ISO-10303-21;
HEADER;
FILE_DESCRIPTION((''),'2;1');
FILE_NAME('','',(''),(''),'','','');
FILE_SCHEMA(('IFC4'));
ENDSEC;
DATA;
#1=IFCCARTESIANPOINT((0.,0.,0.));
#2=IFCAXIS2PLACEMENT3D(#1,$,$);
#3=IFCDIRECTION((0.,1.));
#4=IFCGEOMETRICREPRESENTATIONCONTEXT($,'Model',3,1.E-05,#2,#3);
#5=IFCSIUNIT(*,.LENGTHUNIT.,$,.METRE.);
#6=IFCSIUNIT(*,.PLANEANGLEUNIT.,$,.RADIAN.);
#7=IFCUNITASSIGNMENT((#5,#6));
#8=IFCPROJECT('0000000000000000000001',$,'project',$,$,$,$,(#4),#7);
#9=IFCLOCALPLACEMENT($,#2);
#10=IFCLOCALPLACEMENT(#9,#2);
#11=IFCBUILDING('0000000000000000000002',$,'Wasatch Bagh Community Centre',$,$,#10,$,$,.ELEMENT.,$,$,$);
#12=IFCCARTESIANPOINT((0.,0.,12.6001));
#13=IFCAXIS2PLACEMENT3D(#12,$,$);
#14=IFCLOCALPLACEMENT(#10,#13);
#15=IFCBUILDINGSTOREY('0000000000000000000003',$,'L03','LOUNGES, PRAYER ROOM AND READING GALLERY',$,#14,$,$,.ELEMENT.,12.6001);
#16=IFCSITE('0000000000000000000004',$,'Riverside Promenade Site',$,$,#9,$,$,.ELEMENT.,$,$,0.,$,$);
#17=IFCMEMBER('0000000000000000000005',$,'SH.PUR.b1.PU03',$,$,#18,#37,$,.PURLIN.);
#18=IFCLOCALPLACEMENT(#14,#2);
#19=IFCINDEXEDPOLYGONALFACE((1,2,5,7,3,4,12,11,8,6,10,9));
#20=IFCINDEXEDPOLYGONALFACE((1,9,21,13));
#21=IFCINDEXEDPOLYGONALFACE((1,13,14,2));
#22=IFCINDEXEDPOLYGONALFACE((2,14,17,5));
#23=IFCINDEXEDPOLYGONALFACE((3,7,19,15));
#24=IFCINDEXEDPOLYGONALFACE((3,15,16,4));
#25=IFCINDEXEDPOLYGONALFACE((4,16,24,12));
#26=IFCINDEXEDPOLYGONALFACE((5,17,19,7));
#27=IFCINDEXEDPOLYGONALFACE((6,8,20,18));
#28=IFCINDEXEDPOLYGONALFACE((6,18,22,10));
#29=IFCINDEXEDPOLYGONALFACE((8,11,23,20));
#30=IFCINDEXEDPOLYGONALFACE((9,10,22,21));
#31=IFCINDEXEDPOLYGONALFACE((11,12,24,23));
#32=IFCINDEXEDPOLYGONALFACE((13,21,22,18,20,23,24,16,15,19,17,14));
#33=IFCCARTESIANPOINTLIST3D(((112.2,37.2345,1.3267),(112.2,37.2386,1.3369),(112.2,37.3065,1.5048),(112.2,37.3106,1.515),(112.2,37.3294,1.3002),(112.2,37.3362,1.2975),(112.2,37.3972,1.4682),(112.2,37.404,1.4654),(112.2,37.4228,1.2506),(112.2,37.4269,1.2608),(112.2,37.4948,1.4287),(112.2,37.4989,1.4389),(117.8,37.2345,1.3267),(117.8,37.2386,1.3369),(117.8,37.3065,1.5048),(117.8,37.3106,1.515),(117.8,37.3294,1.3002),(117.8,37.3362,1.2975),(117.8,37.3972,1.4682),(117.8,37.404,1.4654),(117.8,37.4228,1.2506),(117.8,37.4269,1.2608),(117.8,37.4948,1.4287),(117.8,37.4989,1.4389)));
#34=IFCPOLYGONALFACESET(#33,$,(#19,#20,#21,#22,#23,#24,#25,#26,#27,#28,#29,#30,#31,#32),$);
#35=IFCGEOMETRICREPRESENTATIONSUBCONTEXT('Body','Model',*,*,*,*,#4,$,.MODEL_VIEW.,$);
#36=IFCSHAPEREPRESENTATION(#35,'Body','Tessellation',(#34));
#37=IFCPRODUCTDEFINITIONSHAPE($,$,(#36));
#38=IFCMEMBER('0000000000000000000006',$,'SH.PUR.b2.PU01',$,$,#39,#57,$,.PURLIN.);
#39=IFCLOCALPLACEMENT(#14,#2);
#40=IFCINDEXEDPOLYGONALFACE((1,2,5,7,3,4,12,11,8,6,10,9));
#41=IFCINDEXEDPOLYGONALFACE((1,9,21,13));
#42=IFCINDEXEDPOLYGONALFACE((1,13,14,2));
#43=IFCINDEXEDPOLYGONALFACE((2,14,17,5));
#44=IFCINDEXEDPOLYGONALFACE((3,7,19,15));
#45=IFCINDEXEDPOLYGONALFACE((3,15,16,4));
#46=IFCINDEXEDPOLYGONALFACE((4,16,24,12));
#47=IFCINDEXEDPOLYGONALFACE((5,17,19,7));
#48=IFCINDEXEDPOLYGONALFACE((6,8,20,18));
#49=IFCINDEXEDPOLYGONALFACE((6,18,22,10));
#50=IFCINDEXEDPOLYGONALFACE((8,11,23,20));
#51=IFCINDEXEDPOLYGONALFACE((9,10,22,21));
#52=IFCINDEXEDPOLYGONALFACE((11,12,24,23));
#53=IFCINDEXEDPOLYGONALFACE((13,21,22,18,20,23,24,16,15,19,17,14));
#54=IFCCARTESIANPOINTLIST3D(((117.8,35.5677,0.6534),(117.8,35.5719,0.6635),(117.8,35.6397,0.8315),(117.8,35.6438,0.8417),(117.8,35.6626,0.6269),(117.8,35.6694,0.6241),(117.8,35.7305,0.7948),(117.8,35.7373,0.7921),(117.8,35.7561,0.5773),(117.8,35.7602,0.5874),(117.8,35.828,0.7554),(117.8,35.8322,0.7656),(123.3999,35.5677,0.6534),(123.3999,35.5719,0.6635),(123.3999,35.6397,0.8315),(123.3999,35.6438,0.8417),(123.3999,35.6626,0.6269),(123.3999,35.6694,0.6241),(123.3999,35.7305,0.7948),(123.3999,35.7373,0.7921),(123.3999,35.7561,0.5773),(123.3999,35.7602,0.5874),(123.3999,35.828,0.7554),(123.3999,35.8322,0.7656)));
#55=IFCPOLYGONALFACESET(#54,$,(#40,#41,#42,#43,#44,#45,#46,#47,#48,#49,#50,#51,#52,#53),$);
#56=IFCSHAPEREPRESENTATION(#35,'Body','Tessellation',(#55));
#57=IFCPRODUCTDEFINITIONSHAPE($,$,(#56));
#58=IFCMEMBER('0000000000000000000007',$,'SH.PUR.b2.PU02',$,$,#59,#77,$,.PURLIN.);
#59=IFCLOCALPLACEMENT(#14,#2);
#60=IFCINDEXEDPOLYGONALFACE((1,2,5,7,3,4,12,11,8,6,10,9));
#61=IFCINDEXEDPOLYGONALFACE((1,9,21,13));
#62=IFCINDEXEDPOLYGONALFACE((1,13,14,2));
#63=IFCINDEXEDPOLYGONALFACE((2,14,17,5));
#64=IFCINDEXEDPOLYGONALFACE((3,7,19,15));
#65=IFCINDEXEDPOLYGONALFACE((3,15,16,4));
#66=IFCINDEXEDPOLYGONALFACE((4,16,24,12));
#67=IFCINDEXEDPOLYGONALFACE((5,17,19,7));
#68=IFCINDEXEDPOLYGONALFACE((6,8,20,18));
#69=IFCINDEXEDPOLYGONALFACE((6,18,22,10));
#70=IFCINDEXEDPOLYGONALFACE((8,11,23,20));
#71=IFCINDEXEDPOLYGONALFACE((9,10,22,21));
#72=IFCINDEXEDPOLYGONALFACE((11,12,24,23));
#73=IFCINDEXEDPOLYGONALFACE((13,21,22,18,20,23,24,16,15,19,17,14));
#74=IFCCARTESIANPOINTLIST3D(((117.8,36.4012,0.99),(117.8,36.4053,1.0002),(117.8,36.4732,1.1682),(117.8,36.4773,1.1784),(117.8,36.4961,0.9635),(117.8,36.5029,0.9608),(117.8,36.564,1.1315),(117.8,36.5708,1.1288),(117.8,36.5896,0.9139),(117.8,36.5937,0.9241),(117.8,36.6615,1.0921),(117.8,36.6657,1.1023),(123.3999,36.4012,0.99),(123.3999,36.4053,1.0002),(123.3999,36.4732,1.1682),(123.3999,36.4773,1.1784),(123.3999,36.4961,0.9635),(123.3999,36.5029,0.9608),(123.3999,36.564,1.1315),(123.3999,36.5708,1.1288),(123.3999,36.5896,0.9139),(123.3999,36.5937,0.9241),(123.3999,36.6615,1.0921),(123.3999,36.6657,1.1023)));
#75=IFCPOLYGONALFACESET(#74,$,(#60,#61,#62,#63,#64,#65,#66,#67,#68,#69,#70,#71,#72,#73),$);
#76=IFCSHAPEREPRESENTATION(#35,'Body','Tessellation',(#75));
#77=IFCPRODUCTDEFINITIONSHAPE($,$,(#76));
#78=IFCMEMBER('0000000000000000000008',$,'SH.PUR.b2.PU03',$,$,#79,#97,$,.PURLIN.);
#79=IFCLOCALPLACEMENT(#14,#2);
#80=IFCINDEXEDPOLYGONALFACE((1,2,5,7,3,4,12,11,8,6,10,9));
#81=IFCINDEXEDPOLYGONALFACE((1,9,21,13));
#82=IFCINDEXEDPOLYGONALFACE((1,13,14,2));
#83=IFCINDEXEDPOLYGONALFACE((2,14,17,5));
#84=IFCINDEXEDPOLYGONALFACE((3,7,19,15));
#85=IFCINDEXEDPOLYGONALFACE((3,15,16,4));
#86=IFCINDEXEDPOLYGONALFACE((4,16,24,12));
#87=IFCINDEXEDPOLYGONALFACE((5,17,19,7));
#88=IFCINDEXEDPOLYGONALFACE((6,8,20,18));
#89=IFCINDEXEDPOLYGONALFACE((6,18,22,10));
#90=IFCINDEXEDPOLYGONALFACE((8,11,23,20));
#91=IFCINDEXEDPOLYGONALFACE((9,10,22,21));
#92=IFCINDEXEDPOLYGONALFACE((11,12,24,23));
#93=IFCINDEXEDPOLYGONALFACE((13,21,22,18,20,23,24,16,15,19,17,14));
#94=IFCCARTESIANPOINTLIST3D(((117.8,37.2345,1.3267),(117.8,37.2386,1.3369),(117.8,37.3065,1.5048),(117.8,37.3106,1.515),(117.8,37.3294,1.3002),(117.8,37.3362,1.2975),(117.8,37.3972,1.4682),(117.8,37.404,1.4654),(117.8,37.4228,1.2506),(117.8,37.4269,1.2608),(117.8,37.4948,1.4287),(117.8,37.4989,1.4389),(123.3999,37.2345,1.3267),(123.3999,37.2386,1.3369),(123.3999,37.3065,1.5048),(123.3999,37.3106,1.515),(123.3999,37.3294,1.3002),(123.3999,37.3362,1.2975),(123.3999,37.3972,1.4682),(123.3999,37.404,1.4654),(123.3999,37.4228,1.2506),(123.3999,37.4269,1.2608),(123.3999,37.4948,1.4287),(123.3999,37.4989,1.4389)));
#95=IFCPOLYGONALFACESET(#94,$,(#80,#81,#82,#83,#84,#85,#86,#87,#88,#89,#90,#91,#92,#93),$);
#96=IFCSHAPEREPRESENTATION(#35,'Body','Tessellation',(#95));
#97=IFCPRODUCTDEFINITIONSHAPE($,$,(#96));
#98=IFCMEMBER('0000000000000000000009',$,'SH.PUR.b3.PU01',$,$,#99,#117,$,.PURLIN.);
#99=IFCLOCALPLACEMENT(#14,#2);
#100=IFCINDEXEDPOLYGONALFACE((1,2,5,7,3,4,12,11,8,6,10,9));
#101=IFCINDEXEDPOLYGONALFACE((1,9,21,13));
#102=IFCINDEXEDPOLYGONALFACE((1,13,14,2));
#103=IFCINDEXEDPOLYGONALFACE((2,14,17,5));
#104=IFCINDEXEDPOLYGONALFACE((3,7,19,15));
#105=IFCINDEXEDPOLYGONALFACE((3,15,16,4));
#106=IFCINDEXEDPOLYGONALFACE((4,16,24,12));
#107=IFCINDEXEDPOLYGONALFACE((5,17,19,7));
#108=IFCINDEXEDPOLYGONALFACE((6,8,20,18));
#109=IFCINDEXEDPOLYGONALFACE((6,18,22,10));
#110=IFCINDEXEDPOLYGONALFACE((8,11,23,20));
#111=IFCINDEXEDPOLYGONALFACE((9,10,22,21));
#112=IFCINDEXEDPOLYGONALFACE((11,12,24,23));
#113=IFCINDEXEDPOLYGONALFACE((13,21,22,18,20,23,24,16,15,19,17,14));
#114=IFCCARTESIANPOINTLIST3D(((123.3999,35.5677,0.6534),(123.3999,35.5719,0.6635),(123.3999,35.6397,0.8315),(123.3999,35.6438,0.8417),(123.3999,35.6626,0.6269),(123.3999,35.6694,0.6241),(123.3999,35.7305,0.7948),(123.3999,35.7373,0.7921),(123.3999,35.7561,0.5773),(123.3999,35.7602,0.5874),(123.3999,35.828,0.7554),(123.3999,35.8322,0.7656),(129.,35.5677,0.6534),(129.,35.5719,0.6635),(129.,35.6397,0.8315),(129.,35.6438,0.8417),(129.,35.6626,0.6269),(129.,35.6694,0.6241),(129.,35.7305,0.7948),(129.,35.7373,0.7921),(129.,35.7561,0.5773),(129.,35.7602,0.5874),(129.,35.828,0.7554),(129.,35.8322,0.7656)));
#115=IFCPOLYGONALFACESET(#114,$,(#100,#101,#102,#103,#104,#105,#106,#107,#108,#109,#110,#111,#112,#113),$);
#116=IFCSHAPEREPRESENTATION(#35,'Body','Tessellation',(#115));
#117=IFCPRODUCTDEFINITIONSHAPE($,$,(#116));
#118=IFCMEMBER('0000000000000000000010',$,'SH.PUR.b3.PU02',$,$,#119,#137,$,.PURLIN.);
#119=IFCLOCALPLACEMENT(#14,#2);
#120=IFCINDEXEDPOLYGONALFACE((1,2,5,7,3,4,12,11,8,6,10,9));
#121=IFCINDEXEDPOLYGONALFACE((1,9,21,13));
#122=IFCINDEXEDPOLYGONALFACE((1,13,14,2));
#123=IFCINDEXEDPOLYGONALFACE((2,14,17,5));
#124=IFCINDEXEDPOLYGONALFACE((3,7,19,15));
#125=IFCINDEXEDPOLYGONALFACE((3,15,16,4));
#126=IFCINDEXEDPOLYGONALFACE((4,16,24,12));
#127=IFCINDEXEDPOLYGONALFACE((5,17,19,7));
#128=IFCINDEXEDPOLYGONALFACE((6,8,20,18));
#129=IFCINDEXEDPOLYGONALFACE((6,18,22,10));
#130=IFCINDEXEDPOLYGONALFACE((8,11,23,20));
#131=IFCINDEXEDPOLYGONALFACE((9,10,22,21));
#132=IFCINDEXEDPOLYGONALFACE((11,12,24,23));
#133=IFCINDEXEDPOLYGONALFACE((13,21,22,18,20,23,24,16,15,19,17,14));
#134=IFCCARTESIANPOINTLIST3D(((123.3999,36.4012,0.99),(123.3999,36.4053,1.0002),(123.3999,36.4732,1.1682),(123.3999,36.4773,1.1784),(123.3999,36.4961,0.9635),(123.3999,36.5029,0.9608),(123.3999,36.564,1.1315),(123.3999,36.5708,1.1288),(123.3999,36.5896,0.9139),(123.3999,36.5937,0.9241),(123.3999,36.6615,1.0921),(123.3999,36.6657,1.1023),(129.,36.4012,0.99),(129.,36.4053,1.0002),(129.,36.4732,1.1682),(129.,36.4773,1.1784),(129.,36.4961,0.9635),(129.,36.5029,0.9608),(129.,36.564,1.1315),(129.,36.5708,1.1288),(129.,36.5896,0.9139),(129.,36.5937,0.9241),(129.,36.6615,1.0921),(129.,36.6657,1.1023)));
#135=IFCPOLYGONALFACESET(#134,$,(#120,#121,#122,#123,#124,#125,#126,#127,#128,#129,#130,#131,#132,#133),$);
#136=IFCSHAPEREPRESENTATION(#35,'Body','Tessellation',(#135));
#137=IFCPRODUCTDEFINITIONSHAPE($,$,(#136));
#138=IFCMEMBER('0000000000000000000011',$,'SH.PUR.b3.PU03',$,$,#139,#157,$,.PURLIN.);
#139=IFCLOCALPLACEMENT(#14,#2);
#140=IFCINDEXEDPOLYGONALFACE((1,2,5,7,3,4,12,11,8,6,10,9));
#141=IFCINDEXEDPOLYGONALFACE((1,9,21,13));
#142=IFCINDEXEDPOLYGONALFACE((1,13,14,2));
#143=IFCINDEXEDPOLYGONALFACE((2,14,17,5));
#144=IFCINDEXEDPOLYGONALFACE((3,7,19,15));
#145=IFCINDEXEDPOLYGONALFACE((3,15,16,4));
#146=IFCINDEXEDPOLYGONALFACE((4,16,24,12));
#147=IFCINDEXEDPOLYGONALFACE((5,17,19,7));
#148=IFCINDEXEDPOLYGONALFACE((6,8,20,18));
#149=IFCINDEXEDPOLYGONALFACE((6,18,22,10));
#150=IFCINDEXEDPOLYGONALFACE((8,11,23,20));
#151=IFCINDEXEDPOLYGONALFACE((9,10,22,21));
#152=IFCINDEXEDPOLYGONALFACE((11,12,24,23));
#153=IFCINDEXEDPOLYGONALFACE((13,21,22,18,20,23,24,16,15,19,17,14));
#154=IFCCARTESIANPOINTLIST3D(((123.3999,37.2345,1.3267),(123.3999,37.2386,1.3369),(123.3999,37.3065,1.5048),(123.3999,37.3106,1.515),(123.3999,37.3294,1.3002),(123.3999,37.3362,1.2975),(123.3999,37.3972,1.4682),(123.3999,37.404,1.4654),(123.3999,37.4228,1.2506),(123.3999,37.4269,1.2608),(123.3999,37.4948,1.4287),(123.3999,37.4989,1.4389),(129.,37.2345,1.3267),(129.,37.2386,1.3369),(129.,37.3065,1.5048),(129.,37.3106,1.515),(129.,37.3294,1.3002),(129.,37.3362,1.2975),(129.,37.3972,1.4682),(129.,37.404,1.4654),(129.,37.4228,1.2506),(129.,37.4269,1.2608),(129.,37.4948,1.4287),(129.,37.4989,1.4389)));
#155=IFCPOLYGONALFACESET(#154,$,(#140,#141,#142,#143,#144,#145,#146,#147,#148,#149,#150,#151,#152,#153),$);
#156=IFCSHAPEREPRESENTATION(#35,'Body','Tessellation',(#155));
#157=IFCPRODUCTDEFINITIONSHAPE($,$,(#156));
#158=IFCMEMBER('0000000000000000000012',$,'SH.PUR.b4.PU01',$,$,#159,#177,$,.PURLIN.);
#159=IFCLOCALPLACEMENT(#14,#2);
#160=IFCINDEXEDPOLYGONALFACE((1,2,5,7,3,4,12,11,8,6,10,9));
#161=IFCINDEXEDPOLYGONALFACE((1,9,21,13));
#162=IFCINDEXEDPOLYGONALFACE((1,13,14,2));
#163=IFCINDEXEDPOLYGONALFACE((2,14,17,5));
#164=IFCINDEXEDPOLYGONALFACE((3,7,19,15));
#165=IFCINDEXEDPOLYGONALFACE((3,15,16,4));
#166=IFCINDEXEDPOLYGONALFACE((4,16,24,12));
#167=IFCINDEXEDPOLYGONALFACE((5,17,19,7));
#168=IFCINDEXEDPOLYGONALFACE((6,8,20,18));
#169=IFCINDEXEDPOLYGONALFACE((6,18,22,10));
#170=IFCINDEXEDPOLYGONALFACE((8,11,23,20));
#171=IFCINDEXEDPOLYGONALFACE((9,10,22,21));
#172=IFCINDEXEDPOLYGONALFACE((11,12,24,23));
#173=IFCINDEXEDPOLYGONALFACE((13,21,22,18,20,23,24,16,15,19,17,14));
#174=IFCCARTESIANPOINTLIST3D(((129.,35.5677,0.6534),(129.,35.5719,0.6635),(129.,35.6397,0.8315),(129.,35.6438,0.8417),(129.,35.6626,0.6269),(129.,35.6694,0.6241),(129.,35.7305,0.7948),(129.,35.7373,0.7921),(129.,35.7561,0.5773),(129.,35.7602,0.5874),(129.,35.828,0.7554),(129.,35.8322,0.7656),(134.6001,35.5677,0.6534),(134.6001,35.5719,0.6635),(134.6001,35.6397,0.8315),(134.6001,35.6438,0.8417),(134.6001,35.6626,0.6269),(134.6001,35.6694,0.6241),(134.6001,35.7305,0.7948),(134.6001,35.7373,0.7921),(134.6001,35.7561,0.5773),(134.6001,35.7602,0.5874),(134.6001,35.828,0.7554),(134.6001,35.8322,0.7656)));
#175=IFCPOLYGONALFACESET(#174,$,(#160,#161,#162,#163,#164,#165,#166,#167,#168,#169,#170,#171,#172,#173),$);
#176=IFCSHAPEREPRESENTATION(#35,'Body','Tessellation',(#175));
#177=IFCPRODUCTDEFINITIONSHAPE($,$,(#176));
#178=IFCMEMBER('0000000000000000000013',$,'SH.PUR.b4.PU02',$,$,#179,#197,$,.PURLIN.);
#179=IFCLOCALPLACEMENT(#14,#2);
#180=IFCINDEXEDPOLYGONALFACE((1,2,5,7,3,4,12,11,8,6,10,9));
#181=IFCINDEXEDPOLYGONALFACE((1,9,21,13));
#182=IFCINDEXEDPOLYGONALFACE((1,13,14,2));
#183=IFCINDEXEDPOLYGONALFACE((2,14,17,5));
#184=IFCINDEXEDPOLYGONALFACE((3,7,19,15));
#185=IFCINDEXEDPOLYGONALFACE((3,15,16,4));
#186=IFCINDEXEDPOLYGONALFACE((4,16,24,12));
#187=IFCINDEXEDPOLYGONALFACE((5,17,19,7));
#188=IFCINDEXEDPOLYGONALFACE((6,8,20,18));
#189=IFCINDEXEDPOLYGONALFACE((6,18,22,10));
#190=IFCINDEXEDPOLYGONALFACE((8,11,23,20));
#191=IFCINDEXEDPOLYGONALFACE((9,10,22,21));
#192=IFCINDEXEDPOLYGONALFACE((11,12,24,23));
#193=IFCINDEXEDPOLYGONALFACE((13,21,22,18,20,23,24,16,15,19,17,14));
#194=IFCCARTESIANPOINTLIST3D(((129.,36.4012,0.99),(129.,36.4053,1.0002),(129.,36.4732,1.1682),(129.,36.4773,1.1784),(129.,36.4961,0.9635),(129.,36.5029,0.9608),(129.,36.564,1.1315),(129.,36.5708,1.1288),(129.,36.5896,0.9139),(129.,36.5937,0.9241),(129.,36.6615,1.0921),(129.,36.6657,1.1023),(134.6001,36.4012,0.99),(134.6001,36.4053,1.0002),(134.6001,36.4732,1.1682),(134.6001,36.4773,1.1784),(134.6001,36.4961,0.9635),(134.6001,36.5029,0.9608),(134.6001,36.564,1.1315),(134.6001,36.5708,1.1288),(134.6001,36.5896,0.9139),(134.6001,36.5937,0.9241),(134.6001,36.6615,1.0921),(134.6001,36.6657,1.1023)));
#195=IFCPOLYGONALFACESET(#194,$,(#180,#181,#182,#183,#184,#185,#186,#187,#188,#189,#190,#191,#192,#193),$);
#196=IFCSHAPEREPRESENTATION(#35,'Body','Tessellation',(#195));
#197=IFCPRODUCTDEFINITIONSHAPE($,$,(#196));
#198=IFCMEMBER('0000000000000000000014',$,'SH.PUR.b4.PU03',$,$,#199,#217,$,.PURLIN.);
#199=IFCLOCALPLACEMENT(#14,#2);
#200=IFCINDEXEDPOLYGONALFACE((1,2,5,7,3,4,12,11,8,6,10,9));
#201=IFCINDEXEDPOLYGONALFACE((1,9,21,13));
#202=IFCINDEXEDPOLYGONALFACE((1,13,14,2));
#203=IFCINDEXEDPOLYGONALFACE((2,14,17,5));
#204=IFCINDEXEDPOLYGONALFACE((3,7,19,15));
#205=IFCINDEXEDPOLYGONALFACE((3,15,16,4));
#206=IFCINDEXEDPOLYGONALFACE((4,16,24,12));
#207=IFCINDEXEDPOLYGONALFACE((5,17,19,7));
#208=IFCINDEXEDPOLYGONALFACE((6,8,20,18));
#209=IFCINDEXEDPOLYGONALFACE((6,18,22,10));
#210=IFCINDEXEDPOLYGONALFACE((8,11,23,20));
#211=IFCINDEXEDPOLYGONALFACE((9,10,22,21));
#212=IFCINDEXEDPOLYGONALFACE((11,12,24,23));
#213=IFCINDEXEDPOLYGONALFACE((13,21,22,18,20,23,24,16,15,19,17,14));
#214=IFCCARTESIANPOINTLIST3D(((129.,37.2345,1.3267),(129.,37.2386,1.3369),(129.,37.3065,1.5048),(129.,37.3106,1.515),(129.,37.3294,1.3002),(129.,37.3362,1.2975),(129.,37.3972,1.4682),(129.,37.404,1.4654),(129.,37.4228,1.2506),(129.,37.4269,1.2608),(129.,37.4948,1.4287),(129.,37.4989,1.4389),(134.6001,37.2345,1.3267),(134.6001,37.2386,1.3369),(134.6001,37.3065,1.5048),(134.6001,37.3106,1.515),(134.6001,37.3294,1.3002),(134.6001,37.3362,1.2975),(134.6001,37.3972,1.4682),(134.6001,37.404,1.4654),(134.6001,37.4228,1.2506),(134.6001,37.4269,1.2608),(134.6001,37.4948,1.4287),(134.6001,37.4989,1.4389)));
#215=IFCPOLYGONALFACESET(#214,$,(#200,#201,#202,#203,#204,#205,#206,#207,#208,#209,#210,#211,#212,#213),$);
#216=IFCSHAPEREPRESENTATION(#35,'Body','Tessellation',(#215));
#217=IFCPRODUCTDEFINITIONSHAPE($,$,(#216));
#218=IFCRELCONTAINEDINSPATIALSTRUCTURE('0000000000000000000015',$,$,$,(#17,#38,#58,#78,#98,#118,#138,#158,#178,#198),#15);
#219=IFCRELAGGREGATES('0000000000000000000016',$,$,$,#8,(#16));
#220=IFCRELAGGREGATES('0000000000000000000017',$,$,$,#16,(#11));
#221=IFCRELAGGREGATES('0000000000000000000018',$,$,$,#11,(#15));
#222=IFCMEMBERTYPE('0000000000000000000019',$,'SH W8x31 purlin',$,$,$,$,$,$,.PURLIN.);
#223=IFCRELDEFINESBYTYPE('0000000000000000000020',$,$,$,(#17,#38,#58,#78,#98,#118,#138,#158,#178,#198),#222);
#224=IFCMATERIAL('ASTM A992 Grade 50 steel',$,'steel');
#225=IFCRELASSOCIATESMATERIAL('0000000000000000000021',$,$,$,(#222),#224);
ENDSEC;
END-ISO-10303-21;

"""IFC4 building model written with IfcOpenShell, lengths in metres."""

from ifc_helpers import new_model, si_unit, direction, frame, origin, origin_2d, place, context, subcontext, project, spatial, i_section, extrude, material, material_profile, profile_set, type_object, element, save


model = new_model("IFC4")

# Units and contexts
model_context = context("Model", 3, precision=1e-05, world=origin(), true_north=direction((0.0, 1.0)))
body_context = subcontext(model_context, "Body", "Model", "MODEL_VIEW")
ifc_project = project(units=[si_unit("LENGTHUNIT", "METRE"), si_unit("PLANEANGLEUNIT", "RADIAN")], contexts=[model_context])

# Site, building, storey
site_placement = place(None, origin())
site = spatial("IfcSite", under=ifc_project, at=site_placement, Name="Riverside Promenade Site", CompositionType="ELEMENT", RefElevation=0.0)
building_placement = place(site_placement, origin())
building = spatial("IfcBuilding", under=site, at=building_placement, Name="Wasatch Bagh Community Centre", CompositionType="ELEMENT")
storey_placement = place(building_placement, frame((0.0, 0.0, 12.6001)))
storey = spatial("IfcBuildingStorey", under=building, at=storey_placement, Name="L03", Description="LOUNGES, PRAYER ROOM AND READING GALLERY", CompositionType="ELEMENT", Elevation=12.6001)

# Shared definitions
ifc_material_1 = material(Name="ASTM A992 Grade 50 steel", Category="steel")

# Members
ifc_material_profile_1 = material_profile(ifc_material_1, i_section(OverallWidth=0.2031, OverallDepth=0.2031, WebThickness=0.0073, FlangeThickness=0.011, at=origin_2d()), Name="W8x31")
ifc_profile_set_1 = profile_set([ifc_material_profile_1], Name="ASTM A992 Grade 50 steel")
member_type_1 = type_object("IfcMemberType", Name="SH W8x31 purlin", PredefinedType="PURLIN", material=ifc_profile_set_1)
for number, where, z_axis, x_axis, name in (
    (1, (112.2, 37.3667, 1.3828), (1.0, 0.0, 0.0), (0.0, 0.927184, -0.374607), "SH.PUR.b1.PU03"),
):
    element("IfcMember", number, at=place(storey_placement, frame(where, z_axis=z_axis, x_axis=x_axis)), inside=storey, type_object=member_type_1, Name=name, PredefinedType="PURLIN", context=body_context, shape_type="SweptSolid", body=[
        extrude(i_section(OverallWidth=0.2031, OverallDepth=0.2031, WebThickness=0.0073, FlangeThickness=0.011, at=origin_2d()), origin(), (0.0, 0.0, 1.0), 5.6001),
    ])
for number, where, z_axis, x_axis, name in (
    (2, (117.8, 35.7, 0.7095), (1.0, 0.0, 0.0), (0.0, 0.927184, -0.374607), "SH.PUR.b2.PU01"),
    (3, (117.8, 36.5334, 1.0461), (1.0, 0.0, 0.0), (0.0, 0.927184, -0.374607), "SH.PUR.b2.PU02"),
    (4, (117.8, 37.3667, 1.3828), (1.0, 0.0, 0.0), (0.0, 0.927184, -0.374607), "SH.PUR.b2.PU03"),
):
    element("IfcMember", number, at=place(storey_placement, frame(where, z_axis=z_axis, x_axis=x_axis)), inside=storey, type_object=member_type_1, Name=name, PredefinedType="PURLIN", context=body_context, shape_type="SweptSolid", body=[
        extrude(i_section(OverallWidth=0.2031, OverallDepth=0.2031, WebThickness=0.0073, FlangeThickness=0.011, at=origin_2d()), origin(), (0.0, 0.0, 1.0), 5.5999),
    ])
for number, where, z_axis, x_axis, name in (
    (5, (123.3999, 35.7, 0.7095), (1.0, 0.0, 0.0), (0.0, 0.927184, -0.374607), "SH.PUR.b3.PU01"),
    (6, (123.3999, 36.5334, 1.0461), (1.0, 0.0, 0.0), (0.0, 0.927184, -0.374607), "SH.PUR.b3.PU02"),
    (7, (123.3999, 37.3667, 1.3828), (1.0, 0.0, 0.0), (0.0, 0.927184, -0.374607), "SH.PUR.b3.PU03"),
    (8, (129.0, 35.7, 0.7095), (1.0, 0.0, 0.0), (0.0, 0.927184, -0.374607), "SH.PUR.b4.PU01"),
    (9, (129.0, 36.5334, 1.0461), (1.0, 0.0, 0.0), (0.0, 0.927184, -0.374607), "SH.PUR.b4.PU02"),
    (10, (129.0, 37.3667, 1.3828), (1.0, 0.0, 0.0), (0.0, 0.927184, -0.374607), "SH.PUR.b4.PU03"),
):
    element("IfcMember", number, at=place(storey_placement, frame(where, z_axis=z_axis, x_axis=x_axis)), inside=storey, type_object=member_type_1, Name=name, PredefinedType="PURLIN", context=body_context, shape_type="SweptSolid", body=[
        extrude(i_section(OverallWidth=0.2031, OverallDepth=0.2031, WebThickness=0.0073, FlangeThickness=0.011, at=origin_2d()), origin(), (0.0, 0.0, 1.0), 5.6001),
    ])

save(model, "model.ifc")
